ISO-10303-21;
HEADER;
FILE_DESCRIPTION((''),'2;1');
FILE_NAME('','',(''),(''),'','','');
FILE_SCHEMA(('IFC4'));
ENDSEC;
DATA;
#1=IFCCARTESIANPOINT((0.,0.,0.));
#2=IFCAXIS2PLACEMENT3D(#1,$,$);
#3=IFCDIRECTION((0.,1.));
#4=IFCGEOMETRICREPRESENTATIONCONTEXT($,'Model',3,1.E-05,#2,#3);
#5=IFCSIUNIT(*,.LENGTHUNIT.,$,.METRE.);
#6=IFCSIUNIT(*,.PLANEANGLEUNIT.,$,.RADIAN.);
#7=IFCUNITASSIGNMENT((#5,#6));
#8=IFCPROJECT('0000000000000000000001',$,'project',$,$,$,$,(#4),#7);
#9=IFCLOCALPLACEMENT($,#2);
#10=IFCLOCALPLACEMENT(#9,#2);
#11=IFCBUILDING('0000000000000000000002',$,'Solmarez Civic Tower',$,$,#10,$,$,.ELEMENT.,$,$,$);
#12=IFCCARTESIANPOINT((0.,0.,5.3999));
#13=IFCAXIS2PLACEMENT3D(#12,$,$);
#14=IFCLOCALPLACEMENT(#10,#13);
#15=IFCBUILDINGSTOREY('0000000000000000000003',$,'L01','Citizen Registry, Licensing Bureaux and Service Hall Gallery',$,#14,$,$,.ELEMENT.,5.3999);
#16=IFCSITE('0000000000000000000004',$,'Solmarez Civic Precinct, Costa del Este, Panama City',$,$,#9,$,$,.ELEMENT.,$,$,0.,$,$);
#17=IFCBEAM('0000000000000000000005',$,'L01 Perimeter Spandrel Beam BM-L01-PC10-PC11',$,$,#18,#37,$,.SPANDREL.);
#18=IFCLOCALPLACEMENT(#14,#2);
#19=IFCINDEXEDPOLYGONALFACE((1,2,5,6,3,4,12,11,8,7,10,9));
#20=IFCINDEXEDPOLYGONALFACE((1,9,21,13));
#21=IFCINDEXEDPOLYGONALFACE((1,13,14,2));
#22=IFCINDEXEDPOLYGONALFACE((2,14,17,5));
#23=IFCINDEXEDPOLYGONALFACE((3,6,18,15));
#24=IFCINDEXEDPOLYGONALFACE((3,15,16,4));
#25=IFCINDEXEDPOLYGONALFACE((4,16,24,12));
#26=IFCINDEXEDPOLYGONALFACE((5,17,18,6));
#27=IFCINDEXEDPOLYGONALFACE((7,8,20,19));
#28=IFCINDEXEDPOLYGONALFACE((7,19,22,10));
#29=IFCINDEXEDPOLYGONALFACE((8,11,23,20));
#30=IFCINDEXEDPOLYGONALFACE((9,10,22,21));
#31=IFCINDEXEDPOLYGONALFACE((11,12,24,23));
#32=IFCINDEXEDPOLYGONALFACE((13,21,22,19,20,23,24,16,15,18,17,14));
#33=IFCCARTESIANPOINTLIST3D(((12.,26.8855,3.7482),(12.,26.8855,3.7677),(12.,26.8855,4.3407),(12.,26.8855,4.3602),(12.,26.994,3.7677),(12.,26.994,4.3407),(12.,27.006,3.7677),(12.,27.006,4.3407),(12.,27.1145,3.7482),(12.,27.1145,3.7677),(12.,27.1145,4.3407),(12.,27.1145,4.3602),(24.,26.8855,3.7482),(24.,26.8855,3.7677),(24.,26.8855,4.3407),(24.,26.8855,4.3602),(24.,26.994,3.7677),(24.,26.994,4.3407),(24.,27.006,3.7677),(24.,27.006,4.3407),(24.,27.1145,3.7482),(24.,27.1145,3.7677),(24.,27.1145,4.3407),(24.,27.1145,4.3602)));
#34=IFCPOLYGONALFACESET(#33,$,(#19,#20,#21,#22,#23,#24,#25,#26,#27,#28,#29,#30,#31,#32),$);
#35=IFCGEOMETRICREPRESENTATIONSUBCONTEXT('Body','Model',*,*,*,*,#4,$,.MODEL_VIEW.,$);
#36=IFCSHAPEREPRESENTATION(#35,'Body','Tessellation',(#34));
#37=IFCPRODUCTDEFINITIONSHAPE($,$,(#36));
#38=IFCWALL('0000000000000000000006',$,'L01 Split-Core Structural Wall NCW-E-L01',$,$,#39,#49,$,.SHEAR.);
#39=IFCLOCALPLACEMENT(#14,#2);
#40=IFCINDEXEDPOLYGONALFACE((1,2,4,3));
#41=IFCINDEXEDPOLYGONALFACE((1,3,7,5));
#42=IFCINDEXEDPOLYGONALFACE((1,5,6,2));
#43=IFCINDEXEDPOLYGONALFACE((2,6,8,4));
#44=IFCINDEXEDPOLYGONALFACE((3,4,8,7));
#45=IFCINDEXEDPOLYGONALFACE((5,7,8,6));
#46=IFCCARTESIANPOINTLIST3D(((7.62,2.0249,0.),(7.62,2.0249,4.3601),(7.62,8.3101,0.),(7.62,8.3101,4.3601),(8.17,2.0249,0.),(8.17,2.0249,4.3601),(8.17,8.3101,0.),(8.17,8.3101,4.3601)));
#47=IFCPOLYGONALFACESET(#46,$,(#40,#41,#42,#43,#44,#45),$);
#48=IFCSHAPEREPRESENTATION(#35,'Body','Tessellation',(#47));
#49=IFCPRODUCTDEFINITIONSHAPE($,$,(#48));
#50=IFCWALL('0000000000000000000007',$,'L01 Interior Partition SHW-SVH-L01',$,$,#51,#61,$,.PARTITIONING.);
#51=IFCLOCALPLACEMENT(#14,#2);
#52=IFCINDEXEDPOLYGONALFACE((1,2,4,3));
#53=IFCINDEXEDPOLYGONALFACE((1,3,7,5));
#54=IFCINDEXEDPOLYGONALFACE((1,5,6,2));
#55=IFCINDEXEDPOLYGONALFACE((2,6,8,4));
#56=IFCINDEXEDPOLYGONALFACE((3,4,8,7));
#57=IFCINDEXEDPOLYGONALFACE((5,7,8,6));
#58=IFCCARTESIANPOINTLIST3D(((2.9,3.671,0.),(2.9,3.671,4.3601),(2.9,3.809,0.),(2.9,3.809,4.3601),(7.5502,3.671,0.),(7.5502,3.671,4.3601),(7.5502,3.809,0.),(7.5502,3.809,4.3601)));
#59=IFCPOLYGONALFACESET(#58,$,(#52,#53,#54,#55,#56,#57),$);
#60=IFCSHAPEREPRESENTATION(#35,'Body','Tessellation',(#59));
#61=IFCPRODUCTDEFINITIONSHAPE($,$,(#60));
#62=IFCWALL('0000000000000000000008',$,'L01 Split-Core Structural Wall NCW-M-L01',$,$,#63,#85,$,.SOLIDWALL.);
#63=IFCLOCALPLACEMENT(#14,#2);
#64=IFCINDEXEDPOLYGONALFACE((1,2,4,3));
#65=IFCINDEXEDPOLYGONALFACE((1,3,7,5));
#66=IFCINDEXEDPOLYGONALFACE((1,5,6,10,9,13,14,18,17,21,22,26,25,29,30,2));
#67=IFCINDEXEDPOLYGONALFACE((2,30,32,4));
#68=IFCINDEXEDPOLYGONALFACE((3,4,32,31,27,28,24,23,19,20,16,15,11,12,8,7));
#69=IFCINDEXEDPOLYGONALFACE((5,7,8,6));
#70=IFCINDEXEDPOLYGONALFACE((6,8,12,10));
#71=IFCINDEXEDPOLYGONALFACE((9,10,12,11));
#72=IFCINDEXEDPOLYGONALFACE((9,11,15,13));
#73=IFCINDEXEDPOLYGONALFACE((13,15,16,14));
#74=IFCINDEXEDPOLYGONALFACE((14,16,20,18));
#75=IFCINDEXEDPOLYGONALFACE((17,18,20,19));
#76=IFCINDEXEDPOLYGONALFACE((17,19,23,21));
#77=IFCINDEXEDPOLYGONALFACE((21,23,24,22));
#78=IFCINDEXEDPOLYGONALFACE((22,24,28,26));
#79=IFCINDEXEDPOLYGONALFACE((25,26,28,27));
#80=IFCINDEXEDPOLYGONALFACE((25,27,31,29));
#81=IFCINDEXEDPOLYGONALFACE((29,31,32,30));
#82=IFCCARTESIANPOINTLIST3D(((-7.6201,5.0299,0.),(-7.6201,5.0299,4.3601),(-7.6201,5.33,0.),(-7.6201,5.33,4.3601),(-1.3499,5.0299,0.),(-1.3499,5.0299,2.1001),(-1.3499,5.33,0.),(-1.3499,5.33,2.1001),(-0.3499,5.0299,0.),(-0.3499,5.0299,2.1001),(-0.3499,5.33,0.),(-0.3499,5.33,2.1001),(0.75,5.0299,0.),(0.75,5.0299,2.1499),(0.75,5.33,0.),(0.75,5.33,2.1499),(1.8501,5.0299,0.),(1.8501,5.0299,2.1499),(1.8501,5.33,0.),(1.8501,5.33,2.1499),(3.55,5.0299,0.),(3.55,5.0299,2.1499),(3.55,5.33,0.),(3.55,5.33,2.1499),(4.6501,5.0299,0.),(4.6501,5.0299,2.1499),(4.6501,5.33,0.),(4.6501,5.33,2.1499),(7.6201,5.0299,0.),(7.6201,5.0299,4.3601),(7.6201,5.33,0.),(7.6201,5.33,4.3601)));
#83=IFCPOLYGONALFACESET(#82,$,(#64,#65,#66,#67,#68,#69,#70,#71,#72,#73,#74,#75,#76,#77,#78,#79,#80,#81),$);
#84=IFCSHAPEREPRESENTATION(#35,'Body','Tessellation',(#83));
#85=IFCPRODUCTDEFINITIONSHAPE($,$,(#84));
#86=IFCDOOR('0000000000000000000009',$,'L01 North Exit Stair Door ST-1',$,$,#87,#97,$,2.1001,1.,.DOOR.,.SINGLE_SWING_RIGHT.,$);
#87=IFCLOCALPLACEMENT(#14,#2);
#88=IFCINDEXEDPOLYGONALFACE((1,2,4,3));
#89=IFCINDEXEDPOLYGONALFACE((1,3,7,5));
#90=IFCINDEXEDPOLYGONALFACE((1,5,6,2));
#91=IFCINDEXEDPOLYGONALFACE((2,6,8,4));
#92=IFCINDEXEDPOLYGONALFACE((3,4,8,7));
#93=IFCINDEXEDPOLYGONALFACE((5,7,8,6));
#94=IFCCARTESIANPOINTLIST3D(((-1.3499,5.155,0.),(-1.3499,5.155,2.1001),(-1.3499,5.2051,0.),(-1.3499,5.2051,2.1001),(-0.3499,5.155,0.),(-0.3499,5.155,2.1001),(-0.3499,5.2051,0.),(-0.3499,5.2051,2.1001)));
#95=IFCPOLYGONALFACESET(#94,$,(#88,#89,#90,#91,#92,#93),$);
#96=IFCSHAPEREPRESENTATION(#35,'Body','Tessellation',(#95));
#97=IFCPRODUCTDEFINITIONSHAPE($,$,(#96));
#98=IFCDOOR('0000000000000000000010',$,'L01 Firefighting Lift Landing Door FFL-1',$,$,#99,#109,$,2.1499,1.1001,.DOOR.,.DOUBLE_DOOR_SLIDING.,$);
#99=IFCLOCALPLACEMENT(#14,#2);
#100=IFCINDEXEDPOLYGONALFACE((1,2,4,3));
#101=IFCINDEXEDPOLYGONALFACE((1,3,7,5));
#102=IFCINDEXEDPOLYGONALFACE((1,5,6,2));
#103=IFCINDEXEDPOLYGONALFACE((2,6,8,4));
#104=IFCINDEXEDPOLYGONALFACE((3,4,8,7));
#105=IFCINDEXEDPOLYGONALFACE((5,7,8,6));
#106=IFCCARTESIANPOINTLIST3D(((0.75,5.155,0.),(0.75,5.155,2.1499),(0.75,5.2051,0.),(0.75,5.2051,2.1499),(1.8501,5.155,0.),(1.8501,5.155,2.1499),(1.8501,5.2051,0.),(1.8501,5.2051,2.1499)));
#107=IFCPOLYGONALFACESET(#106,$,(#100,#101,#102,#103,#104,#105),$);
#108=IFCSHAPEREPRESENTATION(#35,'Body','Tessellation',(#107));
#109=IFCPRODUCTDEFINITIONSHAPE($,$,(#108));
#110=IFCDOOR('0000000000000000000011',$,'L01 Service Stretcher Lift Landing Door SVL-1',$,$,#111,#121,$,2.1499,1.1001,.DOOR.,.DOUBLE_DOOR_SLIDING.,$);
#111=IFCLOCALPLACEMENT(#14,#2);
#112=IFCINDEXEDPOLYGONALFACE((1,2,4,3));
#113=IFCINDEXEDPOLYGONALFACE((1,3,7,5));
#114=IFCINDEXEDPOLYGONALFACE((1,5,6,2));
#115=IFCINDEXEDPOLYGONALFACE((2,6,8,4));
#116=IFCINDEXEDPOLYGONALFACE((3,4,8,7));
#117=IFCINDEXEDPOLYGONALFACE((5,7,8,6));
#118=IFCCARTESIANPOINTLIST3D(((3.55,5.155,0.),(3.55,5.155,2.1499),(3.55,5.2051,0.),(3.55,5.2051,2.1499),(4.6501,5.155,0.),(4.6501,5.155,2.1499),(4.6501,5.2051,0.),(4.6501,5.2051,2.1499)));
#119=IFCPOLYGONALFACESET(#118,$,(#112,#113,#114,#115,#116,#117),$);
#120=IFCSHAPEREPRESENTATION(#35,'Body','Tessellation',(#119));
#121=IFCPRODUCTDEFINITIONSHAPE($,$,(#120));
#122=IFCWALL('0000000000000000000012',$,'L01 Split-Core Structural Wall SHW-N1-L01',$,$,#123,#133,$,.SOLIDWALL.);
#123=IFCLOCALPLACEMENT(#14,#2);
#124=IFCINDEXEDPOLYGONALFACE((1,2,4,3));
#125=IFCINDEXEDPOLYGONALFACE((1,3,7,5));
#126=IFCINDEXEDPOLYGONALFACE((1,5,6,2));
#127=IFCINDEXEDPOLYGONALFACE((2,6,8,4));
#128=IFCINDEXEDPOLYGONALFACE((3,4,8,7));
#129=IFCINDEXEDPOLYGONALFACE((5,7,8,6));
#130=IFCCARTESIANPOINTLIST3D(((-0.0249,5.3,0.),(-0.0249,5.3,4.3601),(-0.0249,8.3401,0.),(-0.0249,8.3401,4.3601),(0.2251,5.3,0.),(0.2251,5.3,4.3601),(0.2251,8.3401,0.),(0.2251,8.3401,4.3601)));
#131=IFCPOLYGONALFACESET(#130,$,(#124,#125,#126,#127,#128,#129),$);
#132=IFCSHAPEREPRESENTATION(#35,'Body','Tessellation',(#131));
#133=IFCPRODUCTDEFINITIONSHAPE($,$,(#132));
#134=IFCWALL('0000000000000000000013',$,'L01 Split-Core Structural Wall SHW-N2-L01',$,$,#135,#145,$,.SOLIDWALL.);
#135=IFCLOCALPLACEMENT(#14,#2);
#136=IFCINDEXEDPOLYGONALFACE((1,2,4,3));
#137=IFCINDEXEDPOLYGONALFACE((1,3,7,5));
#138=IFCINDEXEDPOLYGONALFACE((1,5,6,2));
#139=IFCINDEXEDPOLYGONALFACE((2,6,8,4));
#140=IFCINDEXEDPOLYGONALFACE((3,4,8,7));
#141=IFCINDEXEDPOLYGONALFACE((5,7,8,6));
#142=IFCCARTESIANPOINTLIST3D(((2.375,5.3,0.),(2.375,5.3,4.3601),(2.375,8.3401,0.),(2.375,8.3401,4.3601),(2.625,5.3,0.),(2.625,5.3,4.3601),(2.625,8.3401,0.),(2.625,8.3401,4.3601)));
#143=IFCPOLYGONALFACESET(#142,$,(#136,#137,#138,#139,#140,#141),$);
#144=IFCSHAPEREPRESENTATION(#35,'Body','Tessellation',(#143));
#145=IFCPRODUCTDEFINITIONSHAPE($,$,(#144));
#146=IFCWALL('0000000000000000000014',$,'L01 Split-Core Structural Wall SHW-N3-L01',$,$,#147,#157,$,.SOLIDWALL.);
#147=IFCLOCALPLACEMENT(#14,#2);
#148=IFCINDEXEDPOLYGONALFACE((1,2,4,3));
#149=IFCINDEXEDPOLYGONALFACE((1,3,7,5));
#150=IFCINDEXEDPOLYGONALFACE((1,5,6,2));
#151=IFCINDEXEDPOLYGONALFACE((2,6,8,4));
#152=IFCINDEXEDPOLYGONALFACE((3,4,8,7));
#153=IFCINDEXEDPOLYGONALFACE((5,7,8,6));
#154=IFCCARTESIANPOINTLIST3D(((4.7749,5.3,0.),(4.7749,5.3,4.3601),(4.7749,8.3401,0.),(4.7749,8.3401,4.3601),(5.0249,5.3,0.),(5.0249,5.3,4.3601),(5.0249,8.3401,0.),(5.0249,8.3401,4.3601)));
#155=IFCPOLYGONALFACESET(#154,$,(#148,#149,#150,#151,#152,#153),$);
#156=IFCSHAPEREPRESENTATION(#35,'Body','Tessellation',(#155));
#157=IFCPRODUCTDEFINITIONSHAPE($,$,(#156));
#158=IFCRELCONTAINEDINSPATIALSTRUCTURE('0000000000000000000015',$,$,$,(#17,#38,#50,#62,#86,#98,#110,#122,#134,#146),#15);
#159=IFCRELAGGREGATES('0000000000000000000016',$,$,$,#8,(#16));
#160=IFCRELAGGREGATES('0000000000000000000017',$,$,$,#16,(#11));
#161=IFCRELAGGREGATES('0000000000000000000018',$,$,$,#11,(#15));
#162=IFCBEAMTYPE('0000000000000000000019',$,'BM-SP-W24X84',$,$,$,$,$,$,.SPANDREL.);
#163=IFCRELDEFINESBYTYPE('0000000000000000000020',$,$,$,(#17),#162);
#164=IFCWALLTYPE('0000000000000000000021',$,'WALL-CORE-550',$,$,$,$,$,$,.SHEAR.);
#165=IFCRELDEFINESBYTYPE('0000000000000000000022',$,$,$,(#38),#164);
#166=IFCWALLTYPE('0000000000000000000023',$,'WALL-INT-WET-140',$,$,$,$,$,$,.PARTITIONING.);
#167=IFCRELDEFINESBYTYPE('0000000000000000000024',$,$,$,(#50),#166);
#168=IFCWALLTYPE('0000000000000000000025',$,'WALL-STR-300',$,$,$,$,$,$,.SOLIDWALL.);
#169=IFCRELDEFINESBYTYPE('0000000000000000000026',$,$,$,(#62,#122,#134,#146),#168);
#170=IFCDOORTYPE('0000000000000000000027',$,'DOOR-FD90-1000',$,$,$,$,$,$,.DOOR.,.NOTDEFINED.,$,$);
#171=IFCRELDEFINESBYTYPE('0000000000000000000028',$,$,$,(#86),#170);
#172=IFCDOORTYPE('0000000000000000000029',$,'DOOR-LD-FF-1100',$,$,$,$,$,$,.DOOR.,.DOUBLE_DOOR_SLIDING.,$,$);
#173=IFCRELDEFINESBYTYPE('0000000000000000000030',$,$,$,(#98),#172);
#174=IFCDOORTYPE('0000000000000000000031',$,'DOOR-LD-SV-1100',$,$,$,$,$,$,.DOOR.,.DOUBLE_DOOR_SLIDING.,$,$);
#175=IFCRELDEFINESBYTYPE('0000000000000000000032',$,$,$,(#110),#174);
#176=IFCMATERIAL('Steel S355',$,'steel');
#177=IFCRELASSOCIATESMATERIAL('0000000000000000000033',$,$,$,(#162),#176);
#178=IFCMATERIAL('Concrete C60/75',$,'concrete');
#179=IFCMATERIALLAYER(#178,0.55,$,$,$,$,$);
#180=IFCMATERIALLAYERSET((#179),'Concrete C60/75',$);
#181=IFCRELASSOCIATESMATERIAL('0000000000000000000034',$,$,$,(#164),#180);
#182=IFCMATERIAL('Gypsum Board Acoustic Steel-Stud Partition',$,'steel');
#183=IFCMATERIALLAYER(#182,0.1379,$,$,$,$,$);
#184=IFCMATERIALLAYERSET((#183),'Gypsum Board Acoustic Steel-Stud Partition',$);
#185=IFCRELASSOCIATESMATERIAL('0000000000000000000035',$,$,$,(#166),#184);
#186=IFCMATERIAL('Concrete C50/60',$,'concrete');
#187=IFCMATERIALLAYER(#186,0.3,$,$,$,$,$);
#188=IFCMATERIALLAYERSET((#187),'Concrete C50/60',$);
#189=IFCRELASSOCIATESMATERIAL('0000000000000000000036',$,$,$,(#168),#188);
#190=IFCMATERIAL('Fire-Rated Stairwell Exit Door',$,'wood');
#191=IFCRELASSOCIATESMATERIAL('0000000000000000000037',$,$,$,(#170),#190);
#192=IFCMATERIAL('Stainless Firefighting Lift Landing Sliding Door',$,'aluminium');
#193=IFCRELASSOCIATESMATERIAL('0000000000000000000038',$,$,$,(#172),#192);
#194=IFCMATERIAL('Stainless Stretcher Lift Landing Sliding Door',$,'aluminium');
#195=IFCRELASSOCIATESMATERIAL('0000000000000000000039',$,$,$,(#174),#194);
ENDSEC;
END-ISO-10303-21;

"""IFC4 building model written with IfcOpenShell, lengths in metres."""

from ifc_helpers import new_model, si_unit, direction, frame, frame_2d, origin, origin_2d, place, context, subcontext, project, spatial, rectangle, i_section, extrude, material, layer, layer_set, material_profile, profile_set, type_object, element, fill, save


model = new_model("IFC4")

# Units and contexts
model_context = context("Model", 3, precision=1e-05, world=origin(), true_north=direction((0.0, 1.0)))
body_context = subcontext(model_context, "Body", "Model", "MODEL_VIEW")
ifc_project = project(units=[si_unit("LENGTHUNIT", "METRE"), si_unit("PLANEANGLEUNIT", "RADIAN")], contexts=[model_context])

# Site, building, storey
site_placement = place(None, origin())
site = spatial("IfcSite", under=ifc_project, at=site_placement, Name="Solmarez Civic Precinct, Costa del Este, Panama City", CompositionType="ELEMENT", RefElevation=0.0)
building_placement = place(site_placement, origin())
building = spatial("IfcBuilding", under=site, at=building_placement, Name="Solmarez Civic Tower", CompositionType="ELEMENT")
storey_placement = place(building_placement, frame((0.0, 0.0, 5.3999)))
storey = spatial("IfcBuildingStorey", under=building, at=storey_placement, Name="L01", Description="Citizen Registry, Licensing Bureaux and Service Hall Gallery", CompositionType="ELEMENT", Elevation=5.3999)

# Shared definitions
ifc_material_1 = material(Name="Concrete C60/75", Category="concrete")

# Beam
ifc_material_2 = material(Name="Steel S355", Category="steel")
ifc_material_profile_1 = material_profile(ifc_material_2, i_section(OverallWidth=0.229, OverallDepth=0.6121, WebThickness=0.012, FlangeThickness=0.0195, at=origin_2d()), Name="W24X84")
ifc_profile_set_1 = profile_set([ifc_material_profile_1], Name="Steel S355")
beam_type_1 = type_object("IfcBeamType", Name="BM-SP-W24X84", PredefinedType="SPANDREL", material=ifc_profile_set_1)
beam_1_placement = place(storey_placement, frame((12.0, 27.0, 4.0542), z_axis=(1.0, 0.0, 0.0), x_axis=(0.0, 1.0, 0.0)))
element("IfcBeam", 1, at=beam_1_placement, inside=storey, type_object=beam_type_1, Name="L01 Perimeter Spandrel Beam BM-L01-PC10-PC11", PredefinedType="SPANDREL", context=body_context, shape_type="SweptSolid", body=[
    extrude(i_section(OverallWidth=0.229, OverallDepth=0.6121, WebThickness=0.012, FlangeThickness=0.0195, at=origin_2d()), origin(), (0.0, 0.0, 1.0), 12.0),
])

# Walls
ifc_layer_1 = layer(ifc_material_1, 0.55)
ifc_layer_set_1 = layer_set([ifc_layer_1], Name="Concrete C60/75")
wall_type_1 = type_object("IfcWallType", Name="WALL-CORE-550", PredefinedType="SHEAR", material=ifc_layer_set_1)
wall_1_placement = place(storey_placement, frame((7.895, 8.3101, 0.0), z_axis=(0.0, 0.0, 1.0), x_axis=(0.0, -1.0, 0.0)))
element("IfcWall", 2, at=wall_1_placement, inside=storey, type_object=wall_type_1, Name="L01 Split-Core Structural Wall NCW-E-L01", PredefinedType="SHEAR", context=body_context, shape_type="SweptSolid", body=[
    extrude(rectangle(XDim=6.2852, YDim=0.55, at=frame_2d((3.1426, 0.0))), origin(), (0.0, 0.0, 1.0), 4.3601),
])
ifc_material_3 = material(Name="Gypsum Board Acoustic Steel-Stud Partition", Category="steel")
ifc_layer_2 = layer(ifc_material_3, 0.1379)
ifc_layer_set_2 = layer_set([ifc_layer_2], Name="Gypsum Board Acoustic Steel-Stud Partition")
wall_type_2 = type_object("IfcWallType", Name="WALL-INT-WET-140", PredefinedType="PARTITIONING", material=ifc_layer_set_2)
wall_2_placement = place(storey_placement, frame((2.8999, 3.74, 0.0), z_axis=(0.0, 0.0, 1.0), x_axis=(1.0, 0.0, 0.0)))
element("IfcWall", 3, at=wall_2_placement, inside=storey, type_object=wall_type_2, Name="L01 Interior Partition SHW-SVH-L01", PredefinedType="PARTITIONING", context=body_context, shape_type="SweptSolid", body=[
    extrude(rectangle(XDim=4.6501, YDim=0.1379, at=frame_2d((2.3252, 0.0))), origin(), (0.0, 0.0, 1.0), 4.3601),
])

# Wall, openings, doors
ifc_material_4 = material(Name="Concrete C50/60", Category="concrete")
ifc_layer_3 = layer(ifc_material_4, 0.3)
ifc_layer_set_3 = layer_set([ifc_layer_3], Name="Concrete C50/60")
wall_type_3 = type_object("IfcWallType", Name="WALL-STR-300", PredefinedType="SOLIDWALL", material=ifc_layer_set_3)
wall_3_placement = place(storey_placement, frame((7.6201, 5.1799, 0.0), z_axis=(0.0, 0.0, 1.0), x_axis=(-1.0, 0.0, 0.0)))
wall_3 = element("IfcWall", 4, at=wall_3_placement, inside=storey, type_object=wall_type_3, Name="L01 Split-Core Structural Wall NCW-M-L01", PredefinedType="SOLIDWALL", context=body_context, shape_type="SweptSolid", body=[
    extrude(rectangle(XDim=15.2402, YDim=0.3, at=frame_2d((7.6201, 0.0))), origin(), (0.0, 0.0, 1.0), 4.3601),
])
opening_1_placement = place(wall_3_placement, frame((5.77, 0.0, 0.0)))
opening_1 = element("IfcOpeningElement", 5, at=opening_1_placement, cuts=wall_3, PredefinedType="OPENING", context=body_context, shape_type="SweptSolid", body=[
    extrude(rectangle(XDim=1.1001, YDim=2.1499, at=frame_2d((0.55, 1.075))), frame((0.0, 0.1599, 0.0), z_axis=(0.0, -1.0, 0.0), x_axis=(1.0, 0.0, 0.0)), (0.0, 0.0, 1.0), 0.3201),
])
opening_2_placement = place(wall_3_placement, frame((2.97, 0.0, 0.0)))
opening_2 = element("IfcOpeningElement", 6, at=opening_2_placement, cuts=wall_3, PredefinedType="OPENING", context=body_context, shape_type="SweptSolid", body=[
    extrude(rectangle(XDim=1.1001, YDim=2.1499, at=frame_2d((0.55, 1.075))), frame((0.0, 0.1599, 0.0), z_axis=(0.0, -1.0, 0.0), x_axis=(1.0, 0.0, 0.0)), (0.0, 0.0, 1.0), 0.3201),
])
opening_3_placement = place(wall_3_placement, frame((7.97, 0.0, 0.0)))
opening_3 = element("IfcOpeningElement", 7, at=opening_3_placement, cuts=wall_3, PredefinedType="OPENING", context=body_context, shape_type="SweptSolid", body=[
    extrude(rectangle(XDim=1.0, YDim=2.1001, at=frame_2d((0.5, 1.05))), frame((0.0, 0.1599, 0.0), z_axis=(0.0, -1.0, 0.0), x_axis=(1.0, 0.0, 0.0)), (0.0, 0.0, 1.0), 0.3201),
])
ifc_material_5 = material(Name="Fire-Rated Stairwell Exit Door", Category="wood")
door_type_1 = type_object("IfcDoorType", Name="DOOR-FD90-1000", OperationType="NOTDEFINED", PredefinedType="DOOR", material=ifc_material_5)
door_1_placement = place(opening_3_placement, origin())
door_1 = element("IfcDoor", 8, at=door_1_placement, inside=storey, type_object=door_type_1, Name="L01 North Exit Stair Door ST-1", OperationType="SINGLE_SWING_RIGHT", OverallHeight=2.1001, OverallWidth=1.0, PredefinedType="DOOR", context=body_context, shape_type="SweptSolid", body=[
    extrude(rectangle(XDim=1.0, YDim=2.1001, at=frame_2d((0.5, 1.05))), frame((0.0, 0.0249, 0.0), z_axis=(0.0, -1.0, 0.0), x_axis=(1.0, 0.0, 0.0)), (0.0, 0.0, 1.0), 0.05),
])
fill(opening_3, door_1)
ifc_material_6 = material(Name="Stainless Firefighting Lift Landing Sliding Door", Category="aluminium")
door_type_2 = type_object("IfcDoorType", Name="DOOR-LD-FF-1100", OperationType="DOUBLE_DOOR_SLIDING", PredefinedType="DOOR", material=ifc_material_6)
door_2_placement = place(opening_1_placement, origin())
door_2 = element("IfcDoor", 9, at=door_2_placement, inside=storey, type_object=door_type_2, Name="L01 Firefighting Lift Landing Door FFL-1", OperationType="DOUBLE_DOOR_SLIDING", OverallHeight=2.1499, OverallWidth=1.1001, PredefinedType="DOOR", context=body_context, shape_type="SweptSolid", body=[
    extrude(rectangle(XDim=1.1001, YDim=2.1499, at=frame_2d((0.55, 1.075))), frame((0.0, 0.0249, 0.0), z_axis=(0.0, -1.0, 0.0), x_axis=(1.0, 0.0, 0.0)), (0.0, 0.0, 1.0), 0.05),
])
fill(opening_1, door_2)
ifc_material_7 = material(Name="Stainless Stretcher Lift Landing Sliding Door", Category="aluminium")
door_type_3 = type_object("IfcDoorType", Name="DOOR-LD-SV-1100", OperationType="DOUBLE_DOOR_SLIDING", PredefinedType="DOOR", material=ifc_material_7)
door_3_placement = place(opening_2_placement, origin())
door_3 = element("IfcDoor", 10, at=door_3_placement, inside=storey, type_object=door_type_3, Name="L01 Service Stretcher Lift Landing Door SVL-1", OperationType="DOUBLE_DOOR_SLIDING", OverallHeight=2.1499, OverallWidth=1.1001, PredefinedType="DOOR", context=body_context, shape_type="SweptSolid", body=[
    extrude(rectangle(XDim=1.1001, YDim=2.1499, at=frame_2d((0.55, 1.075))), frame((0.0, 0.0249, 0.0), z_axis=(0.0, -1.0, 0.0), x_axis=(1.0, 0.0, 0.0)), (0.0, 0.0, 1.0), 0.05),
])
fill(opening_2, door_3)

# Walls
for number, where, z_axis, x_axis, name in (
    (11, (0.1001, 5.3, 0.0), (0.0, 0.0, 1.0), (0.0, 1.0, 0.0), "L01 Split-Core Structural Wall SHW-N1-L01"),
    (12, (2.5, 5.3, 0.0), (0.0, 0.0, 1.0), (0.0, 1.0, 0.0), "L01 Split-Core Structural Wall SHW-N2-L01"),
    (13, (4.8999, 5.3, 0.0), (0.0, 0.0, 1.0), (0.0, 1.0, 0.0), "L01 Split-Core Structural Wall SHW-N3-L01"),
):
    element("IfcWall", number, at=place(storey_placement, frame(where, z_axis=z_axis, x_axis=x_axis)), inside=storey, type_object=wall_type_3, Name=name, PredefinedType="SOLIDWALL", context=body_context, shape_type="SweptSolid", body=[
        extrude(rectangle(XDim=3.04, YDim=0.25, at=frame_2d((1.52, 0.0))), origin(), (0.0, 0.0, 1.0), 4.3601),
    ])

save(model, "model.ifc")
